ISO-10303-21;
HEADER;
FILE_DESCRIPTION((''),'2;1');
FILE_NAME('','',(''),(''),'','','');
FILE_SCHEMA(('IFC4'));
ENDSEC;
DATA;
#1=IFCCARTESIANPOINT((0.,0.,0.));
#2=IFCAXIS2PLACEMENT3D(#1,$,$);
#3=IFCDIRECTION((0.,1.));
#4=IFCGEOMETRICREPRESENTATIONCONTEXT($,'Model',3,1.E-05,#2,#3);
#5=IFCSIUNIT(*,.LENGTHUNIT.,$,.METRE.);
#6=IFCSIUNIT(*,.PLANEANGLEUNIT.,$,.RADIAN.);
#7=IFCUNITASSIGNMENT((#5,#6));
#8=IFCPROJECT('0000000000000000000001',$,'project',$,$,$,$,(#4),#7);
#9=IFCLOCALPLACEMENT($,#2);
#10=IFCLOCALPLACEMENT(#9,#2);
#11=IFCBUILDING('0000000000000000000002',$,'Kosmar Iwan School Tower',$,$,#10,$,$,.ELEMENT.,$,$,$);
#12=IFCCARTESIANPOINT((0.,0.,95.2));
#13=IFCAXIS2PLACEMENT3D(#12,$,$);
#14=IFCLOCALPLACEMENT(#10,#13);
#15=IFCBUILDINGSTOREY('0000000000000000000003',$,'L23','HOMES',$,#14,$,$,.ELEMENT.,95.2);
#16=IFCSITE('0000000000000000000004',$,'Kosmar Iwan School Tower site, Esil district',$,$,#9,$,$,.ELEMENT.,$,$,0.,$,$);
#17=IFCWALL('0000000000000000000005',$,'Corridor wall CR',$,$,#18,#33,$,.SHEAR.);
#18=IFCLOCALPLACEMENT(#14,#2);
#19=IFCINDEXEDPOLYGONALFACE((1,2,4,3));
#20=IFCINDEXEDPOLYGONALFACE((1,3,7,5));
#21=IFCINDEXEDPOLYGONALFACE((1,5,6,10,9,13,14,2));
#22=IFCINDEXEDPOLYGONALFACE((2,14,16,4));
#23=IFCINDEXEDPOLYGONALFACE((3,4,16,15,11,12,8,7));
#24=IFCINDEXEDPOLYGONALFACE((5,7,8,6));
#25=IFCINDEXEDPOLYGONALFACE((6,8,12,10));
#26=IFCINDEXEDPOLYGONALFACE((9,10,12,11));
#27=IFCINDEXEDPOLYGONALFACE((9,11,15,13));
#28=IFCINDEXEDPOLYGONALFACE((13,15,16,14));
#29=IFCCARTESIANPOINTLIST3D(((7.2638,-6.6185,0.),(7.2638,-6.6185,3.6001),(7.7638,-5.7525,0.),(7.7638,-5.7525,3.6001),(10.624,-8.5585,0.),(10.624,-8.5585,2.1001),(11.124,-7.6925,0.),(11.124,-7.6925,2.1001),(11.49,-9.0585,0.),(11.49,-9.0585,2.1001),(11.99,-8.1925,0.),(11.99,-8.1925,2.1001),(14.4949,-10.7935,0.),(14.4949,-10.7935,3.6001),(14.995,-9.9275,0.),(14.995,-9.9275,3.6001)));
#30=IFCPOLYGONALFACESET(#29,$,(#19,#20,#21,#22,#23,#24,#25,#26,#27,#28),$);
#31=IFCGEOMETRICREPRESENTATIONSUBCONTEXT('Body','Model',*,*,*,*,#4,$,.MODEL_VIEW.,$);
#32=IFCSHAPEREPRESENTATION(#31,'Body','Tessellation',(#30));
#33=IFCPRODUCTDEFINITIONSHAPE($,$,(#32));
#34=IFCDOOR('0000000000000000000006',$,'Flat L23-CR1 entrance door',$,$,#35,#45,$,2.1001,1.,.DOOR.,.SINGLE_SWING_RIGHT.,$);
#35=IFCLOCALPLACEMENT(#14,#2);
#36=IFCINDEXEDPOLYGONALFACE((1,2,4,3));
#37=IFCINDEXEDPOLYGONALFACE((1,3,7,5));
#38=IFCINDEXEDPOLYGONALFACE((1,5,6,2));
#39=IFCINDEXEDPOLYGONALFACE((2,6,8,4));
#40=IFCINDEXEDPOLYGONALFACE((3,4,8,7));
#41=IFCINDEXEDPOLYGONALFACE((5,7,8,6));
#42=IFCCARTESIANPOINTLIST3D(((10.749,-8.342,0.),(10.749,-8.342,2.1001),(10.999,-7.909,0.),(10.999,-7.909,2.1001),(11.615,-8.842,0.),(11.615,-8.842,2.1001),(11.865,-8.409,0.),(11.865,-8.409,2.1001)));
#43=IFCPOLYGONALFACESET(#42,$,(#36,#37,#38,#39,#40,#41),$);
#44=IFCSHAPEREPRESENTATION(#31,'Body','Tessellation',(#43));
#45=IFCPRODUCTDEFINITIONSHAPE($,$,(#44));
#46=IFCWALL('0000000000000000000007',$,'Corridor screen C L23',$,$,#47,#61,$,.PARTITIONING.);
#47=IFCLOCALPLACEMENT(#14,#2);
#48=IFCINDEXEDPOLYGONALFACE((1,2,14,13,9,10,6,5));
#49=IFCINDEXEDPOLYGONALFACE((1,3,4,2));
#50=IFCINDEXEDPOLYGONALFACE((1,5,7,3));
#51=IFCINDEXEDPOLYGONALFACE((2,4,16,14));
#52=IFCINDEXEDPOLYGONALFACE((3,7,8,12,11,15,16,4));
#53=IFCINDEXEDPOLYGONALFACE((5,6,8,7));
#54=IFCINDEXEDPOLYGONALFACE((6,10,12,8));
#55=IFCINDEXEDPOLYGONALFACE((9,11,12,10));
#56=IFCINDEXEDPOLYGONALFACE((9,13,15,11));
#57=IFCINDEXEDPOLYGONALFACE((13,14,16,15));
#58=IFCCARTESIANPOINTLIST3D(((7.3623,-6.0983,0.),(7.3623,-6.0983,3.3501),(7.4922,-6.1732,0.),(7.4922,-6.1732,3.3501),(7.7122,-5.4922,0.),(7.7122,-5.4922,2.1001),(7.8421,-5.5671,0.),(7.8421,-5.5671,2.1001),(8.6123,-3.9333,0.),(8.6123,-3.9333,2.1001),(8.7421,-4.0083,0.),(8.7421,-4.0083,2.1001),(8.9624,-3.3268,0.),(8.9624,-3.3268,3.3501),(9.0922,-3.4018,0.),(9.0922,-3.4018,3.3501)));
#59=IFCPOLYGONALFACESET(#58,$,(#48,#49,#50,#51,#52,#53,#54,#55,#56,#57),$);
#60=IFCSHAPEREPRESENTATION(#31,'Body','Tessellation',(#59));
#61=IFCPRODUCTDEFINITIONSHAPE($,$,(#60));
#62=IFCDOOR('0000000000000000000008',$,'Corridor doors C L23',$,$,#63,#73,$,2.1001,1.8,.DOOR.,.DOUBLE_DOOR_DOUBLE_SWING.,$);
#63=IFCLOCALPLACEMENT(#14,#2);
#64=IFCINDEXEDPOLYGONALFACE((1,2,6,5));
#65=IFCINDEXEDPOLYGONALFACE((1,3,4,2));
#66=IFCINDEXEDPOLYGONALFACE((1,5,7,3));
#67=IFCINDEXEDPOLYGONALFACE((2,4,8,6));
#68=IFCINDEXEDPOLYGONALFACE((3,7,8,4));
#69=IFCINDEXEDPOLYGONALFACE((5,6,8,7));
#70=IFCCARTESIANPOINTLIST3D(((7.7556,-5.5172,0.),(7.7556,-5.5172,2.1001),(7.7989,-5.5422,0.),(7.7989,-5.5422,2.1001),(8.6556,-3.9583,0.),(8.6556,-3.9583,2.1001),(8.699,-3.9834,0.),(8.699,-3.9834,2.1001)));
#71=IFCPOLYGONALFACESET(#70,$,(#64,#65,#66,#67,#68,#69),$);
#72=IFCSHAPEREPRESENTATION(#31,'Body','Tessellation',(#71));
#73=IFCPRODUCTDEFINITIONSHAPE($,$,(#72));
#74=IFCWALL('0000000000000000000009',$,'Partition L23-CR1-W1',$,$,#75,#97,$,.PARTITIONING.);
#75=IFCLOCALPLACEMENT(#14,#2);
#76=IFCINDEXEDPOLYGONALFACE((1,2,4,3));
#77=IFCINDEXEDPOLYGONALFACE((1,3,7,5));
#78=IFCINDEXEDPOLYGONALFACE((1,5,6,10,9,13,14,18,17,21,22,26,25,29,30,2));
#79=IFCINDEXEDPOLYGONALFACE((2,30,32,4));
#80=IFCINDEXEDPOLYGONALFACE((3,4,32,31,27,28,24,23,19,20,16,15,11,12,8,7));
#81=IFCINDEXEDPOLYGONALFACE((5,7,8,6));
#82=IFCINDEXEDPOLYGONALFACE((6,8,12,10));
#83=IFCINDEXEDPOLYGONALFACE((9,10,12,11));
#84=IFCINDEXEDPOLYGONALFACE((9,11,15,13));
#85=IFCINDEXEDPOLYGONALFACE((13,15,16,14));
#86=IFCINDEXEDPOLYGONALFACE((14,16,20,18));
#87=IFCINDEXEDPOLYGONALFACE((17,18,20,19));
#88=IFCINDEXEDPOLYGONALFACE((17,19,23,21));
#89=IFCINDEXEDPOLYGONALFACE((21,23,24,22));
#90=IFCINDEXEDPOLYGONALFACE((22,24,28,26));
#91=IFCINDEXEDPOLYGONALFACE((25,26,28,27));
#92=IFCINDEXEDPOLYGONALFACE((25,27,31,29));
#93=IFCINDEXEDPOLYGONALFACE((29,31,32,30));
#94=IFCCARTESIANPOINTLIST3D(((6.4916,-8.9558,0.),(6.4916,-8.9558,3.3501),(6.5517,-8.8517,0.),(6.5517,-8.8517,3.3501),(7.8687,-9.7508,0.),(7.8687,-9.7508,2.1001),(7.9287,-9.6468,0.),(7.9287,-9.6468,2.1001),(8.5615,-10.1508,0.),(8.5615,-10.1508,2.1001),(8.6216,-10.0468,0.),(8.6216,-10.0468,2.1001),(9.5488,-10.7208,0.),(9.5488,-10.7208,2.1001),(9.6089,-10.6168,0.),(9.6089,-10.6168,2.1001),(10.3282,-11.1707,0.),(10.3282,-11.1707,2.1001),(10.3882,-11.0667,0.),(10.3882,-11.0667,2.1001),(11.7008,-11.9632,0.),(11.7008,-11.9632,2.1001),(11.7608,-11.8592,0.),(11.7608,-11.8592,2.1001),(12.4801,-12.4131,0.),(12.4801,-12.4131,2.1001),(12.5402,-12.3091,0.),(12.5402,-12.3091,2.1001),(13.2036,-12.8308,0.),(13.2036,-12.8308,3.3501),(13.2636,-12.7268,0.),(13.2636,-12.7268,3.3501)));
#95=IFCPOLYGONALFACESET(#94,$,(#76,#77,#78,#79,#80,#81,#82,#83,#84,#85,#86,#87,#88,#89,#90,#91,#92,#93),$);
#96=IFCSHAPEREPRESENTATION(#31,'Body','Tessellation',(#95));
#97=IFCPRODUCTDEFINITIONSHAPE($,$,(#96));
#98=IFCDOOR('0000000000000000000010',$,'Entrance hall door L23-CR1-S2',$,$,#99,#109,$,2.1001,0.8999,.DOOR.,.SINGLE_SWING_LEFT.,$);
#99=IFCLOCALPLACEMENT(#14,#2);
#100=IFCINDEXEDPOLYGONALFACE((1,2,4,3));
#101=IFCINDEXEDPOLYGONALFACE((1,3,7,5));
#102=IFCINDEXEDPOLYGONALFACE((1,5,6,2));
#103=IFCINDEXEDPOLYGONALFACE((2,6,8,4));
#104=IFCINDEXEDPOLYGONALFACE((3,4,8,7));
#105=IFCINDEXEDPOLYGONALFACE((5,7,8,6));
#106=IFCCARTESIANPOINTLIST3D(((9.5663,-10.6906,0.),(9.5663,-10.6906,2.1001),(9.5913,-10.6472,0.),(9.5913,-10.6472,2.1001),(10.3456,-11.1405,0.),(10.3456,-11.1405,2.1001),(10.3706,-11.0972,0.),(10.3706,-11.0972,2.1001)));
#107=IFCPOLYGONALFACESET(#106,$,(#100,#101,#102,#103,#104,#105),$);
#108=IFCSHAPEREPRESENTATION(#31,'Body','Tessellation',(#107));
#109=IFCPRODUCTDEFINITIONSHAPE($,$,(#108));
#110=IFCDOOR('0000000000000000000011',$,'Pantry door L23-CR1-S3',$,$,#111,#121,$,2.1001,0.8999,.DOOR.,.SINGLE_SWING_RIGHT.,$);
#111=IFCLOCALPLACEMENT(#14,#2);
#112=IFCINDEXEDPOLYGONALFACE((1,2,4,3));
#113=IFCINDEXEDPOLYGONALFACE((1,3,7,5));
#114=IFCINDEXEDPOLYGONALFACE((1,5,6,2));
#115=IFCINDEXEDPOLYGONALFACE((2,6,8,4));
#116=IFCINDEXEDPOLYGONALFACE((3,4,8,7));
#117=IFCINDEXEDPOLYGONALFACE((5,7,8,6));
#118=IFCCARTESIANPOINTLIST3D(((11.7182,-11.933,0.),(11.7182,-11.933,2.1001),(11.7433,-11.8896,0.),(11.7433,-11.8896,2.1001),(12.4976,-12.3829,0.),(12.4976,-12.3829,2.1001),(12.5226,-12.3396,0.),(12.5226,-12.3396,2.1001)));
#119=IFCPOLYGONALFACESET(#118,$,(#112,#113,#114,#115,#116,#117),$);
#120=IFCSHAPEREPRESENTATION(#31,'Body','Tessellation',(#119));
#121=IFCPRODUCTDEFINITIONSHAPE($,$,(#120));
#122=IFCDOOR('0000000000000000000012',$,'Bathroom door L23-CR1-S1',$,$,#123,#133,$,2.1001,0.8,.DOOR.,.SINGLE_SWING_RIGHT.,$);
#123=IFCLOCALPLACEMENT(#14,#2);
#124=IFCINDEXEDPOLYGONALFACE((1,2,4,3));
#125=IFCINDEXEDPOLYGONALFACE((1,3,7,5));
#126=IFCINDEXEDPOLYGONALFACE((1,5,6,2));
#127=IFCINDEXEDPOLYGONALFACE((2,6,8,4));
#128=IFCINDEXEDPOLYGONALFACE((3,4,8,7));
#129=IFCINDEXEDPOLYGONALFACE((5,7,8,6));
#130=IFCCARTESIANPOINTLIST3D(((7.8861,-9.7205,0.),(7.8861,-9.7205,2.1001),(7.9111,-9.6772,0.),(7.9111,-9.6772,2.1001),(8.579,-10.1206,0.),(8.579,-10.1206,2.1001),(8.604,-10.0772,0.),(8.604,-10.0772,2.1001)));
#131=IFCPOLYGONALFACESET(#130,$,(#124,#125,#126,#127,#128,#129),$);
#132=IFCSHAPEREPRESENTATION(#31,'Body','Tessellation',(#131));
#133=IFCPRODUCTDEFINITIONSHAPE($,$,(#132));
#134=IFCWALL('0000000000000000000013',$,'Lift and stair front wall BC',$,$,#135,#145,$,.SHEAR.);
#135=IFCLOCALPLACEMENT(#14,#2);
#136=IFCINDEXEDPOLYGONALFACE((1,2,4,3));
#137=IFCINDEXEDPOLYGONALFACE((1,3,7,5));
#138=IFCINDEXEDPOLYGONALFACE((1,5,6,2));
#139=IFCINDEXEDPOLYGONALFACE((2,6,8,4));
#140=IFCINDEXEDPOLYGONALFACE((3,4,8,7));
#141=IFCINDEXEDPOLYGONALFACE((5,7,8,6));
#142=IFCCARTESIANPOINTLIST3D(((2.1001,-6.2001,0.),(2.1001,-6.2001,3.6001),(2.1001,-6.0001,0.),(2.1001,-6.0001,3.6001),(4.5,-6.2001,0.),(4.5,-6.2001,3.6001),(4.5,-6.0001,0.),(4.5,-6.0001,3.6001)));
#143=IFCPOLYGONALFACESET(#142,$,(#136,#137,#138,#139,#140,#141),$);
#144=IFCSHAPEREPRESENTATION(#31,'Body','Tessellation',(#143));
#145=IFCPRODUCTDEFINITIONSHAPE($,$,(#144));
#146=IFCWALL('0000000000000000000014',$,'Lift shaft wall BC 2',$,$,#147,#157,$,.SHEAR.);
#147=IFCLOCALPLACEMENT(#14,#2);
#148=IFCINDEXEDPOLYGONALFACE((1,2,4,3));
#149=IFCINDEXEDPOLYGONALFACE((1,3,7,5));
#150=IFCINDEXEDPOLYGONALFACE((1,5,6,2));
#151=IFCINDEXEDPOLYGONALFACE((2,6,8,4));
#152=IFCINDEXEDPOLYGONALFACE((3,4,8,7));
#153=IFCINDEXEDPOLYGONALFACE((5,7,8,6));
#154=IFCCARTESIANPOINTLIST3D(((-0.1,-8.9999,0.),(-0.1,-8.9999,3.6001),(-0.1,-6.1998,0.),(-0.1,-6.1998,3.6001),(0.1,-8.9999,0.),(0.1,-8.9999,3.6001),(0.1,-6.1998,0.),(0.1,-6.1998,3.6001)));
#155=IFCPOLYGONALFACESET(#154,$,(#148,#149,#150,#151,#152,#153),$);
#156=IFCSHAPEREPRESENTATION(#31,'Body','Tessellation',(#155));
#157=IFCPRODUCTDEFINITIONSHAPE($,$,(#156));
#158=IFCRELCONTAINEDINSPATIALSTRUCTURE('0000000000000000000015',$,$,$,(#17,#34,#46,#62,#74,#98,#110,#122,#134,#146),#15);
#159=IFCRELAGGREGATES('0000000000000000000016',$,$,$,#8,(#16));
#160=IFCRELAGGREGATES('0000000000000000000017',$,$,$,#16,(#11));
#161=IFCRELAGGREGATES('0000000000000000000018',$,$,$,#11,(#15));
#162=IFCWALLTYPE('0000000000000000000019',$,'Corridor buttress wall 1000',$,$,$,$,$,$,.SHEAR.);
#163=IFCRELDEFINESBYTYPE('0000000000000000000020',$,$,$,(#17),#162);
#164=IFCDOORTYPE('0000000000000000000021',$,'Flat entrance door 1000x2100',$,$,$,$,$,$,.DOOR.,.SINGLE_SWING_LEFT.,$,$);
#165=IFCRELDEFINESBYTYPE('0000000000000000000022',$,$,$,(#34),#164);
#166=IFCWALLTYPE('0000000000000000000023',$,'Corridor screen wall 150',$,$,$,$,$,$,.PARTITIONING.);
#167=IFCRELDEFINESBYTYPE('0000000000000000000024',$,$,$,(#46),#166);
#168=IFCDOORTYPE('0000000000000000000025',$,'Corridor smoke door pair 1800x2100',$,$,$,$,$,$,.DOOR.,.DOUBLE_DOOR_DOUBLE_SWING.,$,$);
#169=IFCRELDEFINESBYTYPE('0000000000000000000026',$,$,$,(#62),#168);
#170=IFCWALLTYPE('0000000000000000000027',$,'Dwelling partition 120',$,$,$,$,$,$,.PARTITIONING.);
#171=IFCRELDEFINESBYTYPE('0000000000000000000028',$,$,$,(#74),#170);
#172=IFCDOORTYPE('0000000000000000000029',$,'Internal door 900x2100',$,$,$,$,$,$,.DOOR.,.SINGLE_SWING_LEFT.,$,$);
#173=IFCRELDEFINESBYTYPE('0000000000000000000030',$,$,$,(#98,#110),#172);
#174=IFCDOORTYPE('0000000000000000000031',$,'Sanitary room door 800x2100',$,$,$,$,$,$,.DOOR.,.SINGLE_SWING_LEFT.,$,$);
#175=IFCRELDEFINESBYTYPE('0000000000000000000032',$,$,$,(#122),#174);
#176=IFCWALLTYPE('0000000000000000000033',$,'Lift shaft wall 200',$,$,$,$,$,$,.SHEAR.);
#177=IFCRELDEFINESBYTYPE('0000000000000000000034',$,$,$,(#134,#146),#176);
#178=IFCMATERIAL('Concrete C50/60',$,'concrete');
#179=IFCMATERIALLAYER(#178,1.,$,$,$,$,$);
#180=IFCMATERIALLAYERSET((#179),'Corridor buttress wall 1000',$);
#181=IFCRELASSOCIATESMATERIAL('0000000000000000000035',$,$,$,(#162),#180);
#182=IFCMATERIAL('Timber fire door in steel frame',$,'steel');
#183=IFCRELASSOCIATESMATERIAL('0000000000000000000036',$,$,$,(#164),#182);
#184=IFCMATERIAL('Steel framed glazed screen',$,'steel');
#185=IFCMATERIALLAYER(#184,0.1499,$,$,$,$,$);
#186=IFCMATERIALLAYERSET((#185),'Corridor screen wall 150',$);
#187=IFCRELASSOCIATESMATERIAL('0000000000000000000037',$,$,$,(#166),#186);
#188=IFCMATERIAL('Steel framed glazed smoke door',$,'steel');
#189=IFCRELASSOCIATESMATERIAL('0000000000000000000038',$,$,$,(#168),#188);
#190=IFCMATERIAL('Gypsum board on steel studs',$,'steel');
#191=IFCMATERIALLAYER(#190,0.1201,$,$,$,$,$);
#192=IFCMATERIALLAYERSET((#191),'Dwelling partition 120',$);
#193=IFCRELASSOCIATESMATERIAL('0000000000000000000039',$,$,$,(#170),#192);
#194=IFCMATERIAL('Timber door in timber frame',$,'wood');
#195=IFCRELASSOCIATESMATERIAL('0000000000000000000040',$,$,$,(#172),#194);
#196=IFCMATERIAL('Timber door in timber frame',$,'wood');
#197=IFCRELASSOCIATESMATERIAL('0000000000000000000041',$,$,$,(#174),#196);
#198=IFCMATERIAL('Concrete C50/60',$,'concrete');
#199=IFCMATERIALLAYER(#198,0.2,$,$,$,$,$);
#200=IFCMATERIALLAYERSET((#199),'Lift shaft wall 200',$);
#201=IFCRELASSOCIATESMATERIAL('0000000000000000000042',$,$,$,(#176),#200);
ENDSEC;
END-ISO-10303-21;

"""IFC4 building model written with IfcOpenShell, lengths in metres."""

from ifc_helpers import new_model, si_unit, direction, frame, frame_2d, origin, place, context, subcontext, project, spatial, rectangle, extrude, material, layer, layer_set, type_object, element, fill, save


model = new_model("IFC4")

# Units and contexts
model_context = context("Model", 3, precision=1e-05, world=origin(), true_north=direction((0.0, 1.0)))
body_context = subcontext(model_context, "Body", "Model", "MODEL_VIEW")
ifc_project = project(units=[si_unit("LENGTHUNIT", "METRE"), si_unit("PLANEANGLEUNIT", "RADIAN")], contexts=[model_context])

# Site, building, storey
site_placement = place(None, origin())
site = spatial("IfcSite", under=ifc_project, at=site_placement, Name="Kosmar Iwan School Tower site, Esil district", CompositionType="ELEMENT", RefElevation=0.0)
building_placement = place(site_placement, origin())
building = spatial("IfcBuilding", under=site, at=building_placement, Name="Kosmar Iwan School Tower", CompositionType="ELEMENT")
storey_placement = place(building_placement, frame((0.0, 0.0, 95.2)))
storey = spatial("IfcBuildingStorey", under=building, at=storey_placement, Name="L23", Description="HOMES", CompositionType="ELEMENT", Elevation=95.2)

# Walls, openings, doors
ifc_material_1 = material(Name="Concrete C50/60", Category="concrete")
ifc_layer_1 = layer(ifc_material_1, 1.0)
ifc_layer_set_1 = layer_set([ifc_layer_1], Name="Corridor buttress wall 1000")
wall_type_1 = type_object("IfcWallType", Name="Corridor buttress wall 1000", PredefinedType="SHEAR", material=ifc_layer_set_1)
wall_1_placement = place(storey_placement, frame((7.5139, -6.1855, 0.0), z_axis=(0.0, 0.0, 1.0), x_axis=(0.86602, -0.50001, 0.0)))
wall_1 = element("IfcWall", 1, at=wall_1_placement, inside=storey, type_object=wall_type_1, Name="Corridor wall CR", PredefinedType="SHEAR", context=body_context, shape_type="SweptSolid", body=[
    extrude(rectangle(XDim=8.3499, YDim=1.0, at=frame_2d((4.1748, 0.0))), origin(), (0.0, 0.0, 1.0), 3.6001),
])
opening_1_placement = place(wall_1_placement, frame((3.8799, 0.0, 0.0)))
opening_1 = element("IfcOpeningElement", 2, at=opening_1_placement, cuts=wall_1, PredefinedType="OPENING", context=body_context, shape_type="SweptSolid", body=[
    extrude(rectangle(XDim=1.0, YDim=2.1001, at=frame_2d((0.5, 1.05))), frame((0.0, 0.512, 0.0), z_axis=(0.0, -1.0, 0.0), x_axis=(1.0, 0.0, 0.0)), (0.0, 0.0, 1.0), 1.0239),
])
ifc_material_2 = material(Name="Timber fire door in steel frame", Category="steel")
door_type_1 = type_object("IfcDoorType", Name="Flat entrance door 1000x2100", OperationType="SINGLE_SWING_LEFT", PredefinedType="DOOR", material=ifc_material_2)
door_1_placement = place(opening_1_placement, origin())
door_1 = element("IfcDoor", 3, at=door_1_placement, inside=storey, type_object=door_type_1, Name="Flat L23-CR1 entrance door", OperationType="SINGLE_SWING_RIGHT", OverallHeight=2.1001, OverallWidth=1.0, PredefinedType="DOOR", context=body_context, shape_type="SweptSolid", body=[
    extrude(rectangle(XDim=1.0, YDim=2.1001, at=frame_2d((0.5, 1.05))), frame((0.0, 0.25, 0.0), z_axis=(0.0, -1.0, 0.0), x_axis=(1.0, 0.0, 0.0)), (0.0, 0.0, 1.0), 0.5),
])
fill(opening_1, door_1)
ifc_material_3 = material(Name="Steel framed glazed screen", Category="steel")
ifc_layer_2 = layer(ifc_material_3, 0.1499)
ifc_layer_set_2 = layer_set([ifc_layer_2], Name="Corridor screen wall 150")
wall_type_2 = type_object("IfcWallType", Name="Corridor screen wall 150", PredefinedType="PARTITIONING", material=ifc_layer_set_2)
wall_2_placement = place(storey_placement, frame((7.4272, -6.1357, 0.0), z_axis=(0.0, 0.0, 1.0), x_axis=(0.499995, 0.866028, 0.0)))
wall_2 = element("IfcWall", 4, at=wall_2_placement, inside=storey, type_object=wall_type_2, Name="Corridor screen C L23", PredefinedType="PARTITIONING", context=body_context, shape_type="SweptSolid", body=[
    extrude(rectangle(XDim=3.2002, YDim=0.1499, at=frame_2d((1.6001, 0.0))), origin(), (0.0, 0.0, 1.0), 3.3501),
])
opening_2_placement = place(wall_2_placement, frame((0.7, 0.0, 0.0)))
opening_2 = element("IfcOpeningElement", 5, at=opening_2_placement, cuts=wall_2, PredefinedType="OPENING", context=body_context, shape_type="SweptSolid", body=[
    extrude(rectangle(XDim=1.8, YDim=2.1001, at=frame_2d((0.8999, 1.05))), frame((0.0, 0.0869, 0.0), z_axis=(0.0, -1.0, 0.0), x_axis=(1.0, 0.0, 0.0)), (0.0, 0.0, 1.0), 0.1738),
])
ifc_material_4 = material(Name="Steel framed glazed smoke door", Category="steel")
door_type_2 = type_object("IfcDoorType", Name="Corridor smoke door pair 1800x2100", OperationType="DOUBLE_DOOR_DOUBLE_SWING", PredefinedType="DOOR", material=ifc_material_4)
door_2_placement = place(opening_2_placement, origin())
door_2 = element("IfcDoor", 6, at=door_2_placement, inside=storey, type_object=door_type_2, Name="Corridor doors C L23", OperationType="DOUBLE_DOOR_DOUBLE_SWING", OverallHeight=2.1001, OverallWidth=1.8, PredefinedType="DOOR", context=body_context, shape_type="SweptSolid", body=[
    extrude(rectangle(XDim=1.8, YDim=2.1001, at=frame_2d((0.8999, 1.05))), frame((0.0, 0.0249, 0.0), z_axis=(0.0, -1.0, 0.0), x_axis=(1.0, 0.0, 0.0)), (0.0, 0.0, 1.0), 0.05),
])
fill(opening_2, door_2)

# Wall, openings, doors
ifc_material_5 = material(Name="Gypsum board on steel studs", Category="steel")
ifc_layer_3 = layer(ifc_material_5, 0.1201)
ifc_layer_set_3 = layer_set([ifc_layer_3], Name="Dwelling partition 120")
wall_type_3 = type_object("IfcWallType", Name="Dwelling partition 120", PredefinedType="PARTITIONING", material=ifc_layer_set_3)
wall_3_placement = place(storey_placement, frame((6.5217, -8.9038, 0.0), z_axis=(0.0, 0.0, 1.0), x_axis=(0.866032, -0.499988, 0.0)))
wall_3 = element("IfcWall", 7, at=wall_3_placement, inside=storey, type_object=wall_type_3, Name="Partition L23-CR1-W1", PredefinedType="PARTITIONING", context=body_context, shape_type="SweptSolid", body=[
    extrude(rectangle(XDim=7.7502, YDim=0.1201, at=frame_2d((3.875, 0.0))), origin(), (0.0, 0.0, 1.0), 3.3501),
])
opening_3_placement = place(wall_3_placement, frame((1.5901, 0.0, 0.0)))
opening_3 = element("IfcOpeningElement", 8, at=opening_3_placement, cuts=wall_3, PredefinedType="OPENING", context=body_context, shape_type="SweptSolid", body=[
    extrude(rectangle(XDim=0.8, YDim=2.1001, at=frame_2d((0.3999, 1.05))), frame((0.0, 0.072, 0.0), z_axis=(0.0, -1.0, 0.0), x_axis=(1.0, 0.0, 0.0)), (0.0, 0.0, 1.0), 0.144),
])
opening_4_placement = place(wall_3_placement, frame((3.53, 0.0, 0.0)))
opening_4 = element("IfcOpeningElement", 9, at=opening_4_placement, cuts=wall_3, PredefinedType="OPENING", context=body_context, shape_type="SweptSolid", body=[
    extrude(rectangle(XDim=0.8999, YDim=2.1001, at=frame_2d((0.45, 1.05))), frame((0.0, 0.072, 0.0), z_axis=(0.0, -1.0, 0.0), x_axis=(1.0, 0.0, 0.0)), (0.0, 0.0, 1.0), 0.144),
])
opening_5_placement = place(wall_3_placement, frame((6.0149, 0.0, 0.0)))
opening_5 = element("IfcOpeningElement", 10, at=opening_5_placement, cuts=wall_3, PredefinedType="OPENING", context=body_context, shape_type="SweptSolid", body=[
    extrude(rectangle(XDim=0.8999, YDim=2.1001, at=frame_2d((0.45, 1.05))), frame((0.0, 0.072, 0.0), z_axis=(0.0, -1.0, 0.0), x_axis=(1.0, 0.0, 0.0)), (0.0, 0.0, 1.0), 0.144),
])
ifc_material_6 = material(Name="Timber door in timber frame", Category="wood")
door_type_3 = type_object("IfcDoorType", Name="Internal door 900x2100", OperationType="SINGLE_SWING_LEFT", PredefinedType="DOOR", material=ifc_material_6)
door_3_placement = place(opening_4_placement, origin())
door_3 = element("IfcDoor", 11, at=door_3_placement, inside=storey, type_object=door_type_3, Name="Entrance hall door L23-CR1-S2", OperationType="SINGLE_SWING_LEFT", OverallHeight=2.1001, OverallWidth=0.8999, PredefinedType="DOOR", context=body_context, shape_type="SweptSolid", body=[
    extrude(rectangle(XDim=0.8999, YDim=2.1001, at=frame_2d((0.45, 1.05))), frame((0.0, 0.0249, 0.0), z_axis=(0.0, -1.0, 0.0), x_axis=(1.0, 0.0, 0.0)), (0.0, 0.0, 1.0), 0.05),
])
fill(opening_4, door_3)
door_4_placement = place(opening_5_placement, origin())
door_4 = element("IfcDoor", 12, at=door_4_placement, inside=storey, type_object=door_type_3, Name="Pantry door L23-CR1-S3", OperationType="SINGLE_SWING_RIGHT", OverallHeight=2.1001, OverallWidth=0.8999, PredefinedType="DOOR", context=body_context, shape_type="SweptSolid", body=[
    extrude(rectangle(XDim=0.8999, YDim=2.1001, at=frame_2d((0.45, 1.05))), frame((0.0, 0.0249, 0.0), z_axis=(0.0, -1.0, 0.0), x_axis=(1.0, 0.0, 0.0)), (0.0, 0.0, 1.0), 0.05),
])
fill(opening_5, door_4)
ifc_material_7 = material(Name="Timber door in timber frame", Category="wood")
door_type_4 = type_object("IfcDoorType", Name="Sanitary room door 800x2100", OperationType="SINGLE_SWING_LEFT", PredefinedType="DOOR", material=ifc_material_7)
door_5_placement = place(opening_3_placement, origin())
door_5 = element("IfcDoor", 13, at=door_5_placement, inside=storey, type_object=door_type_4, Name="Bathroom door L23-CR1-S1", OperationType="SINGLE_SWING_RIGHT", OverallHeight=2.1001, OverallWidth=0.8, PredefinedType="DOOR", context=body_context, shape_type="SweptSolid", body=[
    extrude(rectangle(XDim=0.8, YDim=2.1001, at=frame_2d((0.3999, 1.05))), frame((0.0, 0.0249, 0.0), z_axis=(0.0, -1.0, 0.0), x_axis=(1.0, 0.0, 0.0)), (0.0, 0.0, 1.0), 0.05),
])
fill(opening_3, door_5)

# Walls
ifc_material_8 = material(Name="Concrete C50/60", Category="concrete")
ifc_layer_4 = layer(ifc_material_8, 0.2)
ifc_layer_set_4 = layer_set([ifc_layer_4], Name="Lift shaft wall 200")
wall_type_4 = type_object("IfcWallType", Name="Lift shaft wall 200", PredefinedType="SHEAR", material=ifc_layer_set_4)
wall_4_placement = place(storey_placement, frame((2.1001, -6.1001, 0.0), z_axis=(0.0, 0.0, 1.0), x_axis=(1.0, 0.0, 0.0)))
element("IfcWall", 14, at=wall_4_placement, inside=storey, type_object=wall_type_4, Name="Lift and stair front wall BC", PredefinedType="SHEAR", context=body_context, shape_type="SweptSolid", body=[
    extrude(rectangle(XDim=2.3999, YDim=0.2, at=frame_2d((1.2, 0.0))), origin(), (0.0, 0.0, 1.0), 3.6001),
])
for number, where, z_axis, x_axis, name in (
    (15, (0.0, -6.2, 0.0), (0.0, 0.0, 1.0), (0.0, -1.0, 0.0), "Lift shaft wall BC 2"),
):
    element("IfcWall", number, at=place(storey_placement, frame(where, z_axis=z_axis, x_axis=x_axis)), inside=storey, type_object=wall_type_4, Name=name, PredefinedType="SHEAR", context=body_context, shape_type="SweptSolid", body=[
        extrude(rectangle(XDim=2.8, YDim=0.2, at=frame_2d((1.3999, 0.0))), origin(), (0.0, 0.0, 1.0), 3.6001),
    ])

save(model, "model.ifc")
